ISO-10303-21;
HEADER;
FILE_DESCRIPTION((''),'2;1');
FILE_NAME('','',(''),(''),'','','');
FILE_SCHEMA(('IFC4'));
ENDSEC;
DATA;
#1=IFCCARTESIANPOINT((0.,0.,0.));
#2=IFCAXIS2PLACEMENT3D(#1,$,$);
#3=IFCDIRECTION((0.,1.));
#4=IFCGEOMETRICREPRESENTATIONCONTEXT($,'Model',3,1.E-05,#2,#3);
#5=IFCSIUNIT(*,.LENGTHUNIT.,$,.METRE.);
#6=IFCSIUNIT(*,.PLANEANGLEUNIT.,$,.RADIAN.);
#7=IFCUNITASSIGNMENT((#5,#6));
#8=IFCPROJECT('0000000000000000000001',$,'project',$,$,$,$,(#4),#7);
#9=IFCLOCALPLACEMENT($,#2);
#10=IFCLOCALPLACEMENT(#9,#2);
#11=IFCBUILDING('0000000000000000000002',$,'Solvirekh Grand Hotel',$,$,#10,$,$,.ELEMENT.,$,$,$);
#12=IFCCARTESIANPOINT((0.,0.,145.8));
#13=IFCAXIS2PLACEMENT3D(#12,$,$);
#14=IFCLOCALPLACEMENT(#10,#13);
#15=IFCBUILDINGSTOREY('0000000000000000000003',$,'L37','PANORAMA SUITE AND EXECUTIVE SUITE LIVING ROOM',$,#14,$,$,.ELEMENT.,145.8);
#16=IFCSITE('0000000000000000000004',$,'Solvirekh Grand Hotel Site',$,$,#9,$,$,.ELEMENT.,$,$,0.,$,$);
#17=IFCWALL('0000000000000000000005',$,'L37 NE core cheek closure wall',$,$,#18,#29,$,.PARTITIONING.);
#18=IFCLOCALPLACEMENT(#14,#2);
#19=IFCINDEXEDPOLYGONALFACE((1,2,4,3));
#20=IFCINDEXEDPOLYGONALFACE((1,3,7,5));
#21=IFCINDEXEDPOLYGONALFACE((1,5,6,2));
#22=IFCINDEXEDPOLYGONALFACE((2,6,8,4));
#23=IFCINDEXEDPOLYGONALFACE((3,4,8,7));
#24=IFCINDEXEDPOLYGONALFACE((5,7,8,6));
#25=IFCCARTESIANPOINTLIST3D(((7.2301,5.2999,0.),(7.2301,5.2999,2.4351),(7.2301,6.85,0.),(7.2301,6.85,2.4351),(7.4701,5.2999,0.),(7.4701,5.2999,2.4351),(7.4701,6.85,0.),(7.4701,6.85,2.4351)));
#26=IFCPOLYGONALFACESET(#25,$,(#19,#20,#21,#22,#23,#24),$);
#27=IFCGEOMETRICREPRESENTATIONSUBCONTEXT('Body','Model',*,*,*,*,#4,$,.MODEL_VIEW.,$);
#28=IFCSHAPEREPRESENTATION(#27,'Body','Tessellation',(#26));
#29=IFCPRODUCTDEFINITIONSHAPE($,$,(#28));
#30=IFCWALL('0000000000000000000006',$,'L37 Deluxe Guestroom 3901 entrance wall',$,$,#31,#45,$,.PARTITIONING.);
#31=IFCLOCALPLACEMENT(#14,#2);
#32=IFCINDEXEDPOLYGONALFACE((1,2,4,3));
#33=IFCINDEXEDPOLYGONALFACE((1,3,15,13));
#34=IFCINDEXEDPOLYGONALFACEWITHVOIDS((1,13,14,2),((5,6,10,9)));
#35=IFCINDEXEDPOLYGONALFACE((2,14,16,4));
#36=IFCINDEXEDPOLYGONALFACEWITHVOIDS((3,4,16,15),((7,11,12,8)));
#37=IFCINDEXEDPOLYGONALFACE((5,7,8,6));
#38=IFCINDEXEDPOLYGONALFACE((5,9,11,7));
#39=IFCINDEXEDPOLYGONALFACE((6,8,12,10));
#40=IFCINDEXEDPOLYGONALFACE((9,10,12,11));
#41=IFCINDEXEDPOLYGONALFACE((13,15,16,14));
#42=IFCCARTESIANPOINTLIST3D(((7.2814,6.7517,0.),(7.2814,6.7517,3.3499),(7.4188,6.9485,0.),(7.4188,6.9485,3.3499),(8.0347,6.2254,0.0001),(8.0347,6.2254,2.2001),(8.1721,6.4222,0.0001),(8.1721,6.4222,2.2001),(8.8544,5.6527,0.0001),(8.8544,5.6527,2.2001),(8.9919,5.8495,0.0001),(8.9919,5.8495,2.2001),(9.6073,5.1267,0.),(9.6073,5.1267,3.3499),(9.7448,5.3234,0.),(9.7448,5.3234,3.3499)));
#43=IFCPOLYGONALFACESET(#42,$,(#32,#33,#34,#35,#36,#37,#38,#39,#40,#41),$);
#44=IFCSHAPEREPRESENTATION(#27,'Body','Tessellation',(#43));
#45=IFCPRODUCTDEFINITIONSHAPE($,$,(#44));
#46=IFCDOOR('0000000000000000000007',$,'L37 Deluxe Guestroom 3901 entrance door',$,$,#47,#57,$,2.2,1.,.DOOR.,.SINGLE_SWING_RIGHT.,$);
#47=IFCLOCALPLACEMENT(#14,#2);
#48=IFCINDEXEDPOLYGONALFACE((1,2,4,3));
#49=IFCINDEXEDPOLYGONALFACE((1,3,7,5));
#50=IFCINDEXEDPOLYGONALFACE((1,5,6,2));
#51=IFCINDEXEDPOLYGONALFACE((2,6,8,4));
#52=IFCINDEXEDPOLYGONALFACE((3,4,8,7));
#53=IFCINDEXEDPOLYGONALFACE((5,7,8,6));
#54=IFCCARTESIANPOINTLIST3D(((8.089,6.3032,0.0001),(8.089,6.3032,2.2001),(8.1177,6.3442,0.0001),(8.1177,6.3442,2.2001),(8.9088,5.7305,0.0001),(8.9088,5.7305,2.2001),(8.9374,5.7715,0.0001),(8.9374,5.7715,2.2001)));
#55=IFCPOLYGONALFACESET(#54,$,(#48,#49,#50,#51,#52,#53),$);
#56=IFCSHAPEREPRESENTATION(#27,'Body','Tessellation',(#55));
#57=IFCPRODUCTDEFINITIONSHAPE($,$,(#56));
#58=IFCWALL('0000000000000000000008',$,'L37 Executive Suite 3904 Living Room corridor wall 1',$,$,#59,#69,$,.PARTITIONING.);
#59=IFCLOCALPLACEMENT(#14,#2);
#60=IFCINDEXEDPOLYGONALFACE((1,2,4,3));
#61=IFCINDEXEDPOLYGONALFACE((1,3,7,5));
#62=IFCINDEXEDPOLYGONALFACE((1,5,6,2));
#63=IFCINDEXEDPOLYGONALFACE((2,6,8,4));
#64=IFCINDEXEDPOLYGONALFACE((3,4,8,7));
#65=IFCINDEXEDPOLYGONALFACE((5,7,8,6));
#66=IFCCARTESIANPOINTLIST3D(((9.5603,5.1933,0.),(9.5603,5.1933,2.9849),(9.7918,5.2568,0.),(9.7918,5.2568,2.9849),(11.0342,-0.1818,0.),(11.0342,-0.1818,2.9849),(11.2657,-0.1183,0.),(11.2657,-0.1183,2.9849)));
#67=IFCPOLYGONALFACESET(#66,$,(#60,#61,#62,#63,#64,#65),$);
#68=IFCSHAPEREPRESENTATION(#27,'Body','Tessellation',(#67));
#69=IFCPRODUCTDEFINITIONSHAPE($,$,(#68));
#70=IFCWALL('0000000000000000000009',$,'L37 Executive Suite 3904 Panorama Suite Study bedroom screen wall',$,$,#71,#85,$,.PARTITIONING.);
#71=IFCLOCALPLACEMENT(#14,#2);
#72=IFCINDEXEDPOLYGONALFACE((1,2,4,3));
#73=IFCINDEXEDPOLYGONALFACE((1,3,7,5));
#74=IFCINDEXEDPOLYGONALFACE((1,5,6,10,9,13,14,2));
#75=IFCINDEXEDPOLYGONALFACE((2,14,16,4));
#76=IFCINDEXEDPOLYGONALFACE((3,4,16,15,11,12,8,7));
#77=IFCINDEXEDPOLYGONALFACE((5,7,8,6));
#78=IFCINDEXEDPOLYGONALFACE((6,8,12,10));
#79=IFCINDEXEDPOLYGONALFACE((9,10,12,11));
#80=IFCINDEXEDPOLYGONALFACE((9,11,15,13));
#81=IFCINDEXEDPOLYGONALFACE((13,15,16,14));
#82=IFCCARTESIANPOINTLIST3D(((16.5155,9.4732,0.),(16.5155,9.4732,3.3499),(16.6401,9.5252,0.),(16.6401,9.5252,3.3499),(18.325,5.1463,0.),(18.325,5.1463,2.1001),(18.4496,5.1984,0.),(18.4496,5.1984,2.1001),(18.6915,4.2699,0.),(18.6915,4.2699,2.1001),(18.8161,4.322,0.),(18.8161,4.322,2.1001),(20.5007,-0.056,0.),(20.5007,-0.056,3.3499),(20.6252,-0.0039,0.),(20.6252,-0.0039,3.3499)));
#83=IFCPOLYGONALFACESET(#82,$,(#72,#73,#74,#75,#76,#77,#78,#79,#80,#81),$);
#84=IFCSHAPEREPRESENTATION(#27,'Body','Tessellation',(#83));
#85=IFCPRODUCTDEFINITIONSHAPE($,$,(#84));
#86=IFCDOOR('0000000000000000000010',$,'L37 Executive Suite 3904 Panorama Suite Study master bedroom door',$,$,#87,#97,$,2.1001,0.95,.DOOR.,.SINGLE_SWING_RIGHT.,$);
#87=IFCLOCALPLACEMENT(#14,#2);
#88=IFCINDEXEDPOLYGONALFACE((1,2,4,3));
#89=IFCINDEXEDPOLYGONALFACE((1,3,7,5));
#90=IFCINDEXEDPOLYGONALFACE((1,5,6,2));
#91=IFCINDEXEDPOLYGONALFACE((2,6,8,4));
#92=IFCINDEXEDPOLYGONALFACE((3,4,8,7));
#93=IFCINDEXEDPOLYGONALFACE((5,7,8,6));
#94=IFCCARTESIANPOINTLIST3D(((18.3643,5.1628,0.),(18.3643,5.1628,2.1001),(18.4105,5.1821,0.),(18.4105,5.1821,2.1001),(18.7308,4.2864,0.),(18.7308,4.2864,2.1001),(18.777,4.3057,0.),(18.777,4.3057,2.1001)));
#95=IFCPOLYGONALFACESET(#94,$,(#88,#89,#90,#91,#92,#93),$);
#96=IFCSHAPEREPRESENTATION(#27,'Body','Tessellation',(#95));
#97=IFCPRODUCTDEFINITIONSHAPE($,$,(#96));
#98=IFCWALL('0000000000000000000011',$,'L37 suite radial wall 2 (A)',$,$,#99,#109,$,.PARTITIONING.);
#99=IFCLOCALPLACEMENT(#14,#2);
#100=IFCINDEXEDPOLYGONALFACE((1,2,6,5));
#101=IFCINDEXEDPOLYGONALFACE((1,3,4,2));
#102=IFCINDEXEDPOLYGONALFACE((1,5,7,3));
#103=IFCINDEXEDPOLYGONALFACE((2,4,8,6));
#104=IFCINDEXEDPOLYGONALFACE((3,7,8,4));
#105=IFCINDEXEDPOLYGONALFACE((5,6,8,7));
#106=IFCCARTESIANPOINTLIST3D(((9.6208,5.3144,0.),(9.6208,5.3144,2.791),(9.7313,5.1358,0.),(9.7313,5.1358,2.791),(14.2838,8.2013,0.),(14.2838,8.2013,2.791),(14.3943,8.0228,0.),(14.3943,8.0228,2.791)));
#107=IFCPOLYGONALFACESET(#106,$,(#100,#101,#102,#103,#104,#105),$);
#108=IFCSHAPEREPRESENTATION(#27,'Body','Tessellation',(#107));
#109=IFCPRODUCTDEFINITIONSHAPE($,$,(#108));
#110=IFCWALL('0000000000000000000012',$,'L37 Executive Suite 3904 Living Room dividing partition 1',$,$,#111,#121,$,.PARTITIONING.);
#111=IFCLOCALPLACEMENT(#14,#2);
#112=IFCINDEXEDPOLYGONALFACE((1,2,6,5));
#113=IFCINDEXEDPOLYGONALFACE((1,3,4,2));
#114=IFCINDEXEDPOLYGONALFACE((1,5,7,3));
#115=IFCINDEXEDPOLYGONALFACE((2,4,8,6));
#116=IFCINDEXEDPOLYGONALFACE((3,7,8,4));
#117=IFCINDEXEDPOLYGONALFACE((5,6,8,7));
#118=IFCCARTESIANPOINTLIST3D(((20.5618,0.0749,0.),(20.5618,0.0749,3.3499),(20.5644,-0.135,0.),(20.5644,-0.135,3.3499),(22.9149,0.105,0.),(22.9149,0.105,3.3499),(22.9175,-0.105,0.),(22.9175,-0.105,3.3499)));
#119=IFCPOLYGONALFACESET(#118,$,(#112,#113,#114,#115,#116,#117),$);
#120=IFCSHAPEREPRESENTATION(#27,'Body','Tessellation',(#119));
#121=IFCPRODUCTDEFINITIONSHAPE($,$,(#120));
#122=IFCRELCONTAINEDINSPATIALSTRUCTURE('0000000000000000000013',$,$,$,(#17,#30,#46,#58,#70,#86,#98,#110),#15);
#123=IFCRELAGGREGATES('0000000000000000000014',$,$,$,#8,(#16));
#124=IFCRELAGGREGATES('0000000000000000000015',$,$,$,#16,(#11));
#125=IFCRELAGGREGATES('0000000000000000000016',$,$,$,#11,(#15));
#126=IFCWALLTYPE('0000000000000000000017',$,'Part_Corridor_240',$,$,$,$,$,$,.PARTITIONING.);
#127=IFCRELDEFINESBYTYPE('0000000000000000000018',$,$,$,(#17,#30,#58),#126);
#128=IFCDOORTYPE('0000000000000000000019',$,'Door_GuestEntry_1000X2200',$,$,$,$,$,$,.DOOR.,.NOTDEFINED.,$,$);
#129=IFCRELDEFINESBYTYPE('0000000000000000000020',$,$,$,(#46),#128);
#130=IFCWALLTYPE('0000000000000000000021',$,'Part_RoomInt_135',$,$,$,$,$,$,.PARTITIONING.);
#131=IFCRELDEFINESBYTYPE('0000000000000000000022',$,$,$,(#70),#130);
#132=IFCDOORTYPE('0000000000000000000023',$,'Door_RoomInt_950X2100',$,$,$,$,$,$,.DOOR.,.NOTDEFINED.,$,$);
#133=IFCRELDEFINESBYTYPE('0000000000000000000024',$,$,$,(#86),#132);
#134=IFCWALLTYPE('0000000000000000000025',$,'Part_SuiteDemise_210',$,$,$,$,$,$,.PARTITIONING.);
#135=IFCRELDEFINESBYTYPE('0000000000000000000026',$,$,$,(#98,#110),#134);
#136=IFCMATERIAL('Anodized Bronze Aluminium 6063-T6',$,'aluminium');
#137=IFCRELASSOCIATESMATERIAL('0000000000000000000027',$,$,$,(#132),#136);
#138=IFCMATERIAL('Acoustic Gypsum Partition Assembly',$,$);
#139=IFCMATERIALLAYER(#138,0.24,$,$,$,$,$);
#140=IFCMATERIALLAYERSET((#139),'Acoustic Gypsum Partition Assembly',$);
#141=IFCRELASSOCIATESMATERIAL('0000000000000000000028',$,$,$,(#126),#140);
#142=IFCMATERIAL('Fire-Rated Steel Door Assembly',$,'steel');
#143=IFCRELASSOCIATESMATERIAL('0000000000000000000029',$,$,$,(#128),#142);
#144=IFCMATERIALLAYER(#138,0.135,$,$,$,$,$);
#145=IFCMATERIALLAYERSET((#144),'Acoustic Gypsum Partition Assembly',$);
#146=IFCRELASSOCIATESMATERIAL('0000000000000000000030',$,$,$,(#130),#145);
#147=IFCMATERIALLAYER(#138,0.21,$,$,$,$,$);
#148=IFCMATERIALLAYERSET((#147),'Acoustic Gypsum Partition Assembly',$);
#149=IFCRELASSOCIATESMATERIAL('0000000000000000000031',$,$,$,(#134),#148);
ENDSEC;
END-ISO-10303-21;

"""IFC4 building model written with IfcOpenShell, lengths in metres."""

from ifc_helpers import new_model, si_unit, direction, frame, frame_2d, origin, place, context, subcontext, project, spatial, rectangle, extrude, material, layer, layer_set, type_object, element, fill, save


model = new_model("IFC4")

# Units and contexts
model_context = context("Model", 3, precision=1e-05, world=origin(), true_north=direction((0.0, 1.0)))
body_context = subcontext(model_context, "Body", "Model", "MODEL_VIEW")
ifc_project = project(units=[si_unit("LENGTHUNIT", "METRE"), si_unit("PLANEANGLEUNIT", "RADIAN")], contexts=[model_context])

# Site, building, storey
site_placement = place(None, origin())
site = spatial("IfcSite", under=ifc_project, at=site_placement, Name="Solvirekh Grand Hotel Site", CompositionType="ELEMENT", RefElevation=0.0)
building_placement = place(site_placement, origin())
building = spatial("IfcBuilding", under=site, at=building_placement, Name="Solvirekh Grand Hotel", CompositionType="ELEMENT")
storey_placement = place(building_placement, frame((0.0, 0.0, 145.8)))
storey = spatial("IfcBuildingStorey", under=building, at=storey_placement, Name="L37", Description="PANORAMA SUITE AND EXECUTIVE SUITE LIVING ROOM", CompositionType="ELEMENT", Elevation=145.8)

# Shared definitions
ifc_material_1 = material(Name="Anodized Bronze Aluminium 6063-T6", Category="aluminium")

# Shared definitions
ifc_material_2 = material(Name="Acoustic Gypsum Partition Assembly")
door_type_1 = type_object("IfcDoorType", Name="Door_RoomInt_950X2100", OperationType="NOTDEFINED", PredefinedType="DOOR", material=ifc_material_1)

# Wall
ifc_layer_1 = layer(ifc_material_2, 0.24)
ifc_layer_set_1 = layer_set([ifc_layer_1], Name="Acoustic Gypsum Partition Assembly")
wall_type_1 = type_object("IfcWallType", Name="Part_Corridor_240", PredefinedType="PARTITIONING", material=ifc_layer_set_1)
wall_1_placement = place(storey_placement, frame((7.3501, 5.3, 0.0), z_axis=(0.0, 0.0, 1.0), x_axis=(0.0, 1.0, 0.0)))
element("IfcWall", 1, at=wall_1_placement, inside=storey, type_object=wall_type_1, Name="L37 NE core cheek closure wall", PredefinedType="PARTITIONING", context=body_context, shape_type="SweptSolid", body=[
    extrude(rectangle(XDim=1.55, YDim=0.24, at=frame_2d((0.7749, 0.0))), origin(), (0.0, 0.0, 1.0), 2.4351),
])

# Wall, opening, door
wall_2_placement = place(storey_placement, frame((7.3501, 6.8501, 0.0), z_axis=(0.0, 0.0, 1.0), x_axis=(0.819753, -0.572717, 0.0)))
wall_2 = element("IfcWall", 2, at=wall_2_placement, inside=storey, type_object=wall_type_1, Name="L37 Deluxe Guestroom 3901 entrance wall", PredefinedType="PARTITIONING", context=body_context, shape_type="SweptSolid", body=[
    extrude(rectangle(XDim=2.8374, YDim=0.24, at=frame_2d((1.4187, 0.0))), origin(), (0.0, 0.0, 1.0), 3.3499),
])
opening_1_placement = place(wall_2_placement, frame((0.9189, 0.0, 0.0)))
opening_1 = element("IfcOpeningElement", 3, at=opening_1_placement, cuts=wall_2, PredefinedType="OPENING", context=body_context, shape_type="SweptSolid", body=[
    extrude(rectangle(XDim=1.0, YDim=2.2, at=frame_2d((0.5, 1.1001))), frame((0.0, 0.1299, 0.0), z_axis=(0.0, -1.0, 0.0), x_axis=(1.0, 0.0, 0.0)), (0.0, 0.0, 1.0), 0.26),
])
ifc_material_3 = material(Name="Fire-Rated Steel Door Assembly", Category="steel")
door_type_2 = type_object("IfcDoorType", Name="Door_GuestEntry_1000X2200", OperationType="NOTDEFINED", PredefinedType="DOOR", material=ifc_material_3)
door_1_placement = place(opening_1_placement, origin())
door_1 = element("IfcDoor", 4, at=door_1_placement, inside=storey, type_object=door_type_2, Name="L37 Deluxe Guestroom 3901 entrance door", OperationType="SINGLE_SWING_RIGHT", OverallHeight=2.2, OverallWidth=1.0, PredefinedType="DOOR", context=body_context, shape_type="SweptSolid", body=[
    extrude(rectangle(XDim=1.0, YDim=2.2, at=frame_2d((0.5, 1.1001))), frame((0.0, 0.0249, 0.0), z_axis=(0.0, -1.0, 0.0), x_axis=(1.0, 0.0, 0.0)), (0.0, 0.0, 1.0), 0.05),
])
fill(opening_1, door_1)

# Wall
wall_3_placement = place(storey_placement, frame((11.1499, -0.1499, 0.0), z_axis=(0.0, 0.0, 1.0), x_axis=(-0.264448, 0.9644, 0.0)))
element("IfcWall", 5, at=wall_3_placement, inside=storey, type_object=wall_type_1, Name="L37 Executive Suite 3904 Living Room corridor wall 1", PredefinedType="PARTITIONING", context=body_context, shape_type="SweptSolid", body=[
    extrude(rectangle(XDim=5.5735, YDim=0.24, at=frame_2d((2.7866, 0.0))), origin(), (0.0, 0.0, 1.0), 2.9849),
])

# Wall, opening, door
ifc_layer_2 = layer(ifc_material_2, 0.135)
ifc_layer_set_2 = layer_set([ifc_layer_2], Name="Acoustic Gypsum Partition Assembly")
wall_type_2 = type_object("IfcWallType", Name="Part_RoomInt_135", PredefinedType="PARTITIONING", material=ifc_layer_set_2)
wall_4_placement = place(storey_placement, frame((20.563, -0.03, 0.0), z_axis=(0.0, 0.0, 1.0), x_axis=(-0.385825, 0.922572, 0.0)))
wall_4 = element("IfcWall", 6, at=wall_4_placement, inside=storey, type_object=wall_type_2, Name="L37 Executive Suite 3904 Panorama Suite Study bedroom screen wall", PredefinedType="PARTITIONING", context=body_context, shape_type="SweptSolid", body=[
    extrude(rectangle(XDim=10.3289, YDim=0.135, at=frame_2d((5.1646, 0.0))), origin(), (0.0, 0.0, 1.0), 3.3499),
])
opening_2_placement = place(wall_4_placement, frame((4.689, 0.0, 0.0)))
opening_2 = element("IfcOpeningElement", 7, at=opening_2_placement, cuts=wall_4, PredefinedType="OPENING", context=body_context, shape_type="SweptSolid", body=[
    extrude(rectangle(XDim=0.95, YDim=2.1001, at=frame_2d((0.4751, 1.05))), frame((0.0, 0.0776, 0.0), z_axis=(0.0, -1.0, 0.0), x_axis=(1.0, 0.0, 0.0)), (0.0, 0.0, 1.0), 0.155),
])
door_2_placement = place(opening_2_placement, origin())
door_2 = element("IfcDoor", 8, at=door_2_placement, inside=storey, type_object=door_type_1, Name="L37 Executive Suite 3904 Panorama Suite Study master bedroom door", OperationType="SINGLE_SWING_RIGHT", OverallHeight=2.1001, OverallWidth=0.95, PredefinedType="DOOR", context=body_context, shape_type="SweptSolid", body=[
    extrude(rectangle(XDim=0.95, YDim=2.1001, at=frame_2d((0.4751, 1.05))), frame((0.0, 0.0249, 0.0), z_axis=(0.0, -1.0, 0.0), x_axis=(1.0, 0.0, 0.0)), (0.0, 0.0, 1.0), 0.05),
])
fill(opening_2, door_2)

# Walls
ifc_layer_3 = layer(ifc_material_2, 0.21)
ifc_layer_set_3 = layer_set([ifc_layer_3], Name="Acoustic Gypsum Partition Assembly")
wall_type_3 = type_object("IfcWallType", Name="Part_SuiteDemise_210", PredefinedType="PARTITIONING", material=ifc_layer_set_3)
wall_5_placement = place(storey_placement, frame((9.676, 5.2251, 0.0), z_axis=(0.0, 0.0, 1.0), x_axis=(0.850241, 0.526393, 0.0)))
element("IfcWall", 9, at=wall_5_placement, inside=storey, type_object=wall_type_3, Name="L37 suite radial wall 2 (A)", PredefinedType="PARTITIONING", context=body_context, shape_type="SweptSolid", body=[
    extrude(rectangle(XDim=5.4844, YDim=0.21, at=frame_2d((2.7422, 0.0))), origin(), (0.0, 0.0, 1.0), 2.791),
])
wall_6_placement = place(storey_placement, frame((20.563, -0.03, 0.0), z_axis=(0.0, 0.0, 1.0), x_axis=(0.999919, 0.012761, 0.0)))
element("IfcWall", 10, at=wall_6_placement, inside=storey, type_object=wall_type_3, Name="L37 Executive Suite 3904 Living Room dividing partition 1", PredefinedType="PARTITIONING", context=body_context, shape_type="SweptSolid", body=[
    extrude(rectangle(XDim=2.3533, YDim=0.21, at=frame_2d((1.1768, 0.0))), origin(), (0.0, 0.0, 1.0), 3.3499),
])

save(model, "model.ifc")
